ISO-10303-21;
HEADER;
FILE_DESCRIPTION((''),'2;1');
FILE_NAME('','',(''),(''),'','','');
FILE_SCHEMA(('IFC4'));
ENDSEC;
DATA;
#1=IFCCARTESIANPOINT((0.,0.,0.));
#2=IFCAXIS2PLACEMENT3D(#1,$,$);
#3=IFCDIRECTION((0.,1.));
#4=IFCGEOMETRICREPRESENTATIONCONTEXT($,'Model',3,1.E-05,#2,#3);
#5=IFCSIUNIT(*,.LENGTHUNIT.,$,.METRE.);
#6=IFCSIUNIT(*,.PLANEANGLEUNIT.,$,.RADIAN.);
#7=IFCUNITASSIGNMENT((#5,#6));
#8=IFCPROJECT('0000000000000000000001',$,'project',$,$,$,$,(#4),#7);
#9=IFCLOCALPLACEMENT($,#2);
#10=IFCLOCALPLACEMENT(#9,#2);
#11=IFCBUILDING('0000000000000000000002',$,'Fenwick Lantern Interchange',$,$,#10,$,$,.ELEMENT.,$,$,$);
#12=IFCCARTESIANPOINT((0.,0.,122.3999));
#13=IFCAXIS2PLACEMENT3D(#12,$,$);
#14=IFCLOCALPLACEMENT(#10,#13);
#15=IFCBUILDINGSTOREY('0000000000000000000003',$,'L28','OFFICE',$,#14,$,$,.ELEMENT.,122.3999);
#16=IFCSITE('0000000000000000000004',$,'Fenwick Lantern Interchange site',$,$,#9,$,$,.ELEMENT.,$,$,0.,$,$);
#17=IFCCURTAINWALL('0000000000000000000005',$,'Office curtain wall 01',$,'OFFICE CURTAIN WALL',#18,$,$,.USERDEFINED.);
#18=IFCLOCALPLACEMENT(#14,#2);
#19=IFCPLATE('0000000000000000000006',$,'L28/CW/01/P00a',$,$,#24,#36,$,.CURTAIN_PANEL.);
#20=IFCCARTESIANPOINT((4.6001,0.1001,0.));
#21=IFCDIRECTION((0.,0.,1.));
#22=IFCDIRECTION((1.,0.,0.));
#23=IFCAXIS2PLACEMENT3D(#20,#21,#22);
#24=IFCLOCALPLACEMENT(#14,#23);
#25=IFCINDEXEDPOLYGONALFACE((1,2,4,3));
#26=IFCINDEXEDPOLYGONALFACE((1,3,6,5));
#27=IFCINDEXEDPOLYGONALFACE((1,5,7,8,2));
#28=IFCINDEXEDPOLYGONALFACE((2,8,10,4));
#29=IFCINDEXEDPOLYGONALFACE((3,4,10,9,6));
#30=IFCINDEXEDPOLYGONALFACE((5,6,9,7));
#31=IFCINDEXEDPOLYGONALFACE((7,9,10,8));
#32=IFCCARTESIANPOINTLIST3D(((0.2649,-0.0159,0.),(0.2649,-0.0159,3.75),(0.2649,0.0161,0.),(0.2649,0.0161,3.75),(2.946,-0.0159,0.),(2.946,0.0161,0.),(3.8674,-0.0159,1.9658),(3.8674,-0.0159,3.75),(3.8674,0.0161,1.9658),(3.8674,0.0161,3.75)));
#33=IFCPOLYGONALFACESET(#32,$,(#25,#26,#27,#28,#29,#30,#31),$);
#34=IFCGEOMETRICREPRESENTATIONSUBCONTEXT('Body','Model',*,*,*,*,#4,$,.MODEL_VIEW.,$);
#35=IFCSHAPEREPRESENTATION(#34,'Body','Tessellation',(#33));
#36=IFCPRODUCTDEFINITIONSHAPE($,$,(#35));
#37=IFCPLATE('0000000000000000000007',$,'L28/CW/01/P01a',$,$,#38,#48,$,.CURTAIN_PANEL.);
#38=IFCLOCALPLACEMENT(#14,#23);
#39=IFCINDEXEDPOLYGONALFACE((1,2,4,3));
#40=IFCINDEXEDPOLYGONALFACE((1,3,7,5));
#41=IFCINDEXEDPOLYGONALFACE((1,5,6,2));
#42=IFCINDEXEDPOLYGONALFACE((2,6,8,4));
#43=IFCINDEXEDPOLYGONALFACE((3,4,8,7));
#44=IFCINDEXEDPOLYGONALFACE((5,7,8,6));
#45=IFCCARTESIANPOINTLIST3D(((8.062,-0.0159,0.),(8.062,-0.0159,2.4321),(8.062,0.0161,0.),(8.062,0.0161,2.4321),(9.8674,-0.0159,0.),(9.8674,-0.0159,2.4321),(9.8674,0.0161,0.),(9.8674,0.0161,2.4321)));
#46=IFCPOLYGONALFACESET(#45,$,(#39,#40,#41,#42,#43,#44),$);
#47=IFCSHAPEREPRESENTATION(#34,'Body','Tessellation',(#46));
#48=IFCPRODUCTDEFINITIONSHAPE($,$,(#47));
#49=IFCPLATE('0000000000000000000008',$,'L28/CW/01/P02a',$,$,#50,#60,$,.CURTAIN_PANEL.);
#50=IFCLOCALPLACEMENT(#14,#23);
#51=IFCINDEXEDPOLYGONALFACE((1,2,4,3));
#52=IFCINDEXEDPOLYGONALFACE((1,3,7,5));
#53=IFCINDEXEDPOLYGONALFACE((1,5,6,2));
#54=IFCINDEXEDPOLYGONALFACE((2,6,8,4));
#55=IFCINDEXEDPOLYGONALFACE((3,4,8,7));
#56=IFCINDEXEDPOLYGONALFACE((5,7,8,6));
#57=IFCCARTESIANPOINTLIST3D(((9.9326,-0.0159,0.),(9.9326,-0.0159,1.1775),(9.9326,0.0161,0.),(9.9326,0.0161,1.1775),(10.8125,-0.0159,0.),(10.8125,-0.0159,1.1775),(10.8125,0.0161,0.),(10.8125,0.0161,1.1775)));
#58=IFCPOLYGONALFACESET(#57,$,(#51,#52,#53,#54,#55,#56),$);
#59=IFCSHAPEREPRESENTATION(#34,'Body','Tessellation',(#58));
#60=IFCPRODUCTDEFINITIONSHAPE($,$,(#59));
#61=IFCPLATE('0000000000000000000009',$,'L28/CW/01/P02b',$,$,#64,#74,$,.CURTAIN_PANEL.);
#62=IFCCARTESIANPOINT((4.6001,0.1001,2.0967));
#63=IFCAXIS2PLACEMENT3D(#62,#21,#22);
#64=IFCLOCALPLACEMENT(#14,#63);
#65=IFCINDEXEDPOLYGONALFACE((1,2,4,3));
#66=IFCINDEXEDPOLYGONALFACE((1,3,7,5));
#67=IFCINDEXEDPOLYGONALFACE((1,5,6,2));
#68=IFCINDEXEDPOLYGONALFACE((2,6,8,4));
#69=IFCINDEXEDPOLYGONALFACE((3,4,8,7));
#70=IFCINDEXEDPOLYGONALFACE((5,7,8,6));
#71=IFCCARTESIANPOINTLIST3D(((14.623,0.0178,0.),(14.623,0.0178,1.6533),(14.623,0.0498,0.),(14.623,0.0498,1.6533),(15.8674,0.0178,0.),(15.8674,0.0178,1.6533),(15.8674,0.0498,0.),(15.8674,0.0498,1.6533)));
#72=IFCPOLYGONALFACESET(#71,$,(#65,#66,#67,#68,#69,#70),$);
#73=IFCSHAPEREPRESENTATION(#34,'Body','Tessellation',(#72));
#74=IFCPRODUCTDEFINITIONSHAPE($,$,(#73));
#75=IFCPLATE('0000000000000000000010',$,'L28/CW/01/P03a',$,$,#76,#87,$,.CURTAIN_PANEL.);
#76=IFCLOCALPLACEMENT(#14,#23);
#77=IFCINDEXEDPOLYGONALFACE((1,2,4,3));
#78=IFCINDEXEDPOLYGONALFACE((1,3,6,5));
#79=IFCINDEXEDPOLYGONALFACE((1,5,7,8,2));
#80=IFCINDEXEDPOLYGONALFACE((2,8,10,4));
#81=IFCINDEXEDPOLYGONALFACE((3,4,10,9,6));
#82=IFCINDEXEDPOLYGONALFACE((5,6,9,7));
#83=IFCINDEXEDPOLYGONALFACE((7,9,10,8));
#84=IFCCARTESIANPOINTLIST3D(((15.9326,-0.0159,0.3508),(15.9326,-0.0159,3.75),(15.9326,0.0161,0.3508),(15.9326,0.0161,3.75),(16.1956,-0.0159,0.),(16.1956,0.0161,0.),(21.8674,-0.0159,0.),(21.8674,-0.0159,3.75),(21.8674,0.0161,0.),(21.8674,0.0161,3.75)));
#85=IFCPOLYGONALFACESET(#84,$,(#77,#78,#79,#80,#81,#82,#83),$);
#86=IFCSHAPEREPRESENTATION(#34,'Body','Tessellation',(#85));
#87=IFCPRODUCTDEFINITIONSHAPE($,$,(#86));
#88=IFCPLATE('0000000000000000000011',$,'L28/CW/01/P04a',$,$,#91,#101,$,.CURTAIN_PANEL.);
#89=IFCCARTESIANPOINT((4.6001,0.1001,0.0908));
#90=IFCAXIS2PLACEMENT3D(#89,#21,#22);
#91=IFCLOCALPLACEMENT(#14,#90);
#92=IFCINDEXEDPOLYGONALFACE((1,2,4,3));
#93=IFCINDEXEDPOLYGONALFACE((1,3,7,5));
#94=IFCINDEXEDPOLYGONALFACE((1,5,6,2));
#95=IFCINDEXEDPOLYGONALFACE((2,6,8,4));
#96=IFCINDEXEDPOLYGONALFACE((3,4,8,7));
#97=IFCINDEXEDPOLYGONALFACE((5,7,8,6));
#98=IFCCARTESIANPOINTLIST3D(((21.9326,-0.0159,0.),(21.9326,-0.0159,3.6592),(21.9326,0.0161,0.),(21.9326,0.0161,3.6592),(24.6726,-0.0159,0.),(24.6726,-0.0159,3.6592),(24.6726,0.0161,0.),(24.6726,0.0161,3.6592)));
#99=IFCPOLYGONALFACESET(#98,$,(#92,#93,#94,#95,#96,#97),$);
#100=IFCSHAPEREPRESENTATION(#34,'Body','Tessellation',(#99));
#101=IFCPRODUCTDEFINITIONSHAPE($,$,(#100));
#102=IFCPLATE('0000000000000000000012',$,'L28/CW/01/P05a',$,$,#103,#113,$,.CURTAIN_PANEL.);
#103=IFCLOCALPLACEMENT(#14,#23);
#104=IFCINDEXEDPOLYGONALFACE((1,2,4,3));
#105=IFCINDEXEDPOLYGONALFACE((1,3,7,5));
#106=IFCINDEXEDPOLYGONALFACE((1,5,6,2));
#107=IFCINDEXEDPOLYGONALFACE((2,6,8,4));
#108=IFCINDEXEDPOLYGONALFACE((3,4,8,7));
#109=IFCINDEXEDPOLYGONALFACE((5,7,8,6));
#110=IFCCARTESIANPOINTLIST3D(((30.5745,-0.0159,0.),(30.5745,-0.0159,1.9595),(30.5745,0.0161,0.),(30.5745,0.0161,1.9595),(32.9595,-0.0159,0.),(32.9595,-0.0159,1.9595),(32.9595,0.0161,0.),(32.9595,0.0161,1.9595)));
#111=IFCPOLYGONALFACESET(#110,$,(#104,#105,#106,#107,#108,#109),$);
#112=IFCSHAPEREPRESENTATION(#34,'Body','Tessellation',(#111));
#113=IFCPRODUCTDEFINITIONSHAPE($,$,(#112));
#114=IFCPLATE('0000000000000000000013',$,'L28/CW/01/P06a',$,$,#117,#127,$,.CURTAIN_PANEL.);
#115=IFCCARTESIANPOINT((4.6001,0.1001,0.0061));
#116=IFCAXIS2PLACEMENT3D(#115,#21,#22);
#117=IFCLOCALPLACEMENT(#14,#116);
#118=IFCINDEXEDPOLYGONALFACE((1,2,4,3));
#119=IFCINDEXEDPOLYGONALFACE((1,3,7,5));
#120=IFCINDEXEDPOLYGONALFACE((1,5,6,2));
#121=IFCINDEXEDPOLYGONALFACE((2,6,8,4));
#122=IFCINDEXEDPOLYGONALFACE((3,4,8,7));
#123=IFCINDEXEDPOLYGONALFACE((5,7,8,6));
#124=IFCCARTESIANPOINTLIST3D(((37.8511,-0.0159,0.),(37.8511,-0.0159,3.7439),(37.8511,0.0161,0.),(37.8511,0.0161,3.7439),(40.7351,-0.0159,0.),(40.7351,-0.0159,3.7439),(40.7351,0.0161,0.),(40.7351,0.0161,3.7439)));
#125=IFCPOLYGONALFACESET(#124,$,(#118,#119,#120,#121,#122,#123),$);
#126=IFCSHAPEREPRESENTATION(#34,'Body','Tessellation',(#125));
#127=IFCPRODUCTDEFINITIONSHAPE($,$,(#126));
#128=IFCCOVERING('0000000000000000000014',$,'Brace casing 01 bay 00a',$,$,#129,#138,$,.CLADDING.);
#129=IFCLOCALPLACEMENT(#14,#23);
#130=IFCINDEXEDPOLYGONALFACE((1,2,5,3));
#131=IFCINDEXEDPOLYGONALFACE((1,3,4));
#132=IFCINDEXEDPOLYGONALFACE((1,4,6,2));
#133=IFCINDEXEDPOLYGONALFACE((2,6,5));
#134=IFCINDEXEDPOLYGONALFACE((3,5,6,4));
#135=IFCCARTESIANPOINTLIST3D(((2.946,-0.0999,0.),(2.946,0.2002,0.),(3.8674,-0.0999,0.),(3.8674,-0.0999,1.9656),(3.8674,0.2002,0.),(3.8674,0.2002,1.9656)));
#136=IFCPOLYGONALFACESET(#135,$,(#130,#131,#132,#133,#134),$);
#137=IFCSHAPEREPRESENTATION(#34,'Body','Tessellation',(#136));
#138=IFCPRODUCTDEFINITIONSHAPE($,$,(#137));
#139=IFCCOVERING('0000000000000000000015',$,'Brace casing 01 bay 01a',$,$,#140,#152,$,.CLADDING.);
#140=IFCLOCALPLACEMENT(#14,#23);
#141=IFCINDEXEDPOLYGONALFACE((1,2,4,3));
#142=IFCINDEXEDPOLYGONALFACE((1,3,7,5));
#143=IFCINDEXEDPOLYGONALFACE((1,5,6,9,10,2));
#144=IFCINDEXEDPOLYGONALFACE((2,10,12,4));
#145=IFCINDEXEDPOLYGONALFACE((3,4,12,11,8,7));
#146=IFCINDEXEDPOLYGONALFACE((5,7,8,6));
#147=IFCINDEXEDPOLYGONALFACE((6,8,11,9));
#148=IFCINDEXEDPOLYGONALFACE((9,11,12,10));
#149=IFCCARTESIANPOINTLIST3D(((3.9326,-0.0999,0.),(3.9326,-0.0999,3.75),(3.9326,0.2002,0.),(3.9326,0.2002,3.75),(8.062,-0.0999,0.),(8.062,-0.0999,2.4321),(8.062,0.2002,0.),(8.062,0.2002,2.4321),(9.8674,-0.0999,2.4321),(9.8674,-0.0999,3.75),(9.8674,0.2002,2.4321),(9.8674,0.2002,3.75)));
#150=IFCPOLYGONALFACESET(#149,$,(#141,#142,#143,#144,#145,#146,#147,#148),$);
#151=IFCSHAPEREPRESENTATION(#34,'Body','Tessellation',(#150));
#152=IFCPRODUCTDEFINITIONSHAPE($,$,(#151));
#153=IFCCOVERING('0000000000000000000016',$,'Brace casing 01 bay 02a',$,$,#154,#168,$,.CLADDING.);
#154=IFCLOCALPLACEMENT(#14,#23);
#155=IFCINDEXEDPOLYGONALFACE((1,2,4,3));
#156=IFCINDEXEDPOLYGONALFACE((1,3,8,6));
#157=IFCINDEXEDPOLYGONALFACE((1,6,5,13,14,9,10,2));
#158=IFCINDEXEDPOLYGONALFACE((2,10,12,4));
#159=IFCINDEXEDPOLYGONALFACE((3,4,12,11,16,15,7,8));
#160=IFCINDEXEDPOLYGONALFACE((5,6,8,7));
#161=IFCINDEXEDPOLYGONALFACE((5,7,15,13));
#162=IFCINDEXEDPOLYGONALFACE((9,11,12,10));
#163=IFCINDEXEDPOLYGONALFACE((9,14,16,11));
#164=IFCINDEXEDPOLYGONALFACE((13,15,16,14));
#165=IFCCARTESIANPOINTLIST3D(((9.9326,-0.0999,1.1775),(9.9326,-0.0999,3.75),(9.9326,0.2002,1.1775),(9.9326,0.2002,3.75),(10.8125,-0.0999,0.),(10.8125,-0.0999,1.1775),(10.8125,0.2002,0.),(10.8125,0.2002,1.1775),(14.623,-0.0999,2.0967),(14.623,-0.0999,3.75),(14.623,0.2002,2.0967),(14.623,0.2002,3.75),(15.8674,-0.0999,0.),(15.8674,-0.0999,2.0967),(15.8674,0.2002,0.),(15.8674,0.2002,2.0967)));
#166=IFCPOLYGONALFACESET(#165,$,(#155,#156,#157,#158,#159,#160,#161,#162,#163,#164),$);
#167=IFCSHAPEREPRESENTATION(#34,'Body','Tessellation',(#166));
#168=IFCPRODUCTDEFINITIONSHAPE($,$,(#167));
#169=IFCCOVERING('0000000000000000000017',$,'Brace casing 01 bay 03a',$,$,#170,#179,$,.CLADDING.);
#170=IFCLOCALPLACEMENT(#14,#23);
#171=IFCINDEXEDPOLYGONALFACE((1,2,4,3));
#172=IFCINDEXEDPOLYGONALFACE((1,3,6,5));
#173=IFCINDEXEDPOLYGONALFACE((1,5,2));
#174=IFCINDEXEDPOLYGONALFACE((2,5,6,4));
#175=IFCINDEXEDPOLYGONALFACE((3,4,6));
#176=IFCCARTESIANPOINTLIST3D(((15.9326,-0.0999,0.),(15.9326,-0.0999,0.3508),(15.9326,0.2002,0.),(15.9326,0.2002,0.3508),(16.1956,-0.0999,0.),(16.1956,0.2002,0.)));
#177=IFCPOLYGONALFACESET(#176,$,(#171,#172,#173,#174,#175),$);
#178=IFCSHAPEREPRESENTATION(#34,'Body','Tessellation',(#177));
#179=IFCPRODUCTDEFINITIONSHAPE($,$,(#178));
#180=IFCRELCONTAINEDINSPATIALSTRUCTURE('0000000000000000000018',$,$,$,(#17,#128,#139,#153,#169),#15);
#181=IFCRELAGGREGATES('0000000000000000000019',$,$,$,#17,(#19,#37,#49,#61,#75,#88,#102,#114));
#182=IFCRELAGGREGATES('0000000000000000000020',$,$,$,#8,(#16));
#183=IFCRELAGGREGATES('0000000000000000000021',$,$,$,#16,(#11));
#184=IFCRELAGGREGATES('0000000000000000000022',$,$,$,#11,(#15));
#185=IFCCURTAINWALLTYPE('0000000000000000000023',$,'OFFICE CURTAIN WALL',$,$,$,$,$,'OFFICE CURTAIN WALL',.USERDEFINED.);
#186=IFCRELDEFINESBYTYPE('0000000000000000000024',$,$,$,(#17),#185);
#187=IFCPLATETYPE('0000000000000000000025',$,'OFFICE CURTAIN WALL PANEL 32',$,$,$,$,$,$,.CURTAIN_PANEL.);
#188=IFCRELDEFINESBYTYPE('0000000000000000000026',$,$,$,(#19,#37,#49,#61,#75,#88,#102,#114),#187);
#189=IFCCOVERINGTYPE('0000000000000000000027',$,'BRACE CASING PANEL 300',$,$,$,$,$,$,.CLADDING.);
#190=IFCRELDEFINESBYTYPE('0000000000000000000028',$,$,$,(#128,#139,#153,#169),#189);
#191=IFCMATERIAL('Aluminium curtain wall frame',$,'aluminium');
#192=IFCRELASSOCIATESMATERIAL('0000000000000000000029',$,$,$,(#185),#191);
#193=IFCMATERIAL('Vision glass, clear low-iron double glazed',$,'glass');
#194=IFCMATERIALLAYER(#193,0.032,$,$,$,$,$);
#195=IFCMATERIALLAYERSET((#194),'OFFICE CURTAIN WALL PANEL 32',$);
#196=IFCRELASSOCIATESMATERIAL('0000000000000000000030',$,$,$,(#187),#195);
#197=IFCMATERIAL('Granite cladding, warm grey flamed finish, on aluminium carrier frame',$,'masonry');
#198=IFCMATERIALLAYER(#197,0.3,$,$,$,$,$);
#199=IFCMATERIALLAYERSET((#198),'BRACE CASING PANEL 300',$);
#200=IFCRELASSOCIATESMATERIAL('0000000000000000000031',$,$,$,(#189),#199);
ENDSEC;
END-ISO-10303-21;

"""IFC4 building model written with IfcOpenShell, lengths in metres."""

from ifc_helpers import new_model, si_unit, direction, frame, origin, place, context, subcontext, project, spatial, polyline, outline, extrude, material, layer, layer_set, type_object, element, aggregate, save


model = new_model("IFC4")

# Units and contexts
model_context = context("Model", 3, precision=1e-05, world=origin(), true_north=direction((0.0, 1.0)))
body_context = subcontext(model_context, "Body", "Model", "MODEL_VIEW")
ifc_project = project(units=[si_unit("LENGTHUNIT", "METRE"), si_unit("PLANEANGLEUNIT", "RADIAN")], contexts=[model_context])

# Site, building, storey
site_placement = place(None, origin())
site = spatial("IfcSite", under=ifc_project, at=site_placement, Name="Fenwick Lantern Interchange site", CompositionType="ELEMENT", RefElevation=0.0)
building_placement = place(site_placement, origin())
building = spatial("IfcBuilding", under=site, at=building_placement, Name="Fenwick Lantern Interchange", CompositionType="ELEMENT")
storey_placement = place(building_placement, frame((0.0, 0.0, 122.3999)))
storey = spatial("IfcBuildingStorey", under=building, at=storey_placement, Name="L28", Description="OFFICE", CompositionType="ELEMENT", Elevation=122.3999)

# Shared definitions
ifc_material_1 = material(Name="Aluminium curtain wall frame", Category="aluminium")
curtain_wall_type = type_object("IfcCurtainWallType", Name="OFFICE CURTAIN WALL", ElementType="OFFICE CURTAIN WALL", PredefinedType="USERDEFINED", material=ifc_material_1)

# Curtain wall, plates
curtain_wall_1_placement = place(storey_placement, origin())
curtain_wall_1 = element("IfcCurtainWall", 1, at=curtain_wall_1_placement, inside=storey, type_object=curtain_wall_type, Name="Office curtain wall 01", ObjectType="OFFICE CURTAIN WALL", PredefinedType="USERDEFINED")
ifc_material_2 = material(Name="Vision glass, clear low-iron double glazed", Category="glass")
ifc_layer_1 = layer(ifc_material_2, 0.032)
ifc_layer_set_1 = layer_set([ifc_layer_1], Name="OFFICE CURTAIN WALL PANEL 32")
plate_type = type_object("IfcPlateType", Name="OFFICE CURTAIN WALL PANEL 32", PredefinedType="CURTAIN_PANEL", material=ifc_layer_set_1)
plate_1_placement = place(storey_placement, frame((4.6001, 0.1001, 0.0), z_axis=(0.0, 0.0, 1.0), x_axis=(1.0, 0.0, 0.0)))
plate_1 = element("IfcPlate", 2, at=plate_1_placement, type_object=plate_type, Name="L28/CW/01/P00a", PredefinedType="CURTAIN_PANEL", context=body_context, shape_type="SweptSolid", body=[
    extrude(outline(polyline([(0.2649, 0.0), (2.946, 0.0), (3.8674, 1.9658), (3.8674, 3.75), (0.2649, 3.75), (0.2649, 0.0)])), frame((0.0, 0.0161, 0.0), z_axis=(0.0, -1.0, 0.0), x_axis=(1.0, 0.0, 0.0)), (0.0, 0.0, 1.0), 0.032),
])
plate_2_placement = place(storey_placement, frame((4.6001, 0.1001, 0.0), z_axis=(0.0, 0.0, 1.0), x_axis=(1.0, 0.0, 0.0)))
plate_2 = element("IfcPlate", 3, at=plate_2_placement, type_object=plate_type, Name="L28/CW/01/P01a", PredefinedType="CURTAIN_PANEL", context=body_context, shape_type="SweptSolid", body=[
    extrude(outline(polyline([(8.062, 0.0), (9.8674, 0.0), (9.8674, 2.4321), (8.062, 2.4321), (8.062, 0.0)])), frame((0.0, 0.0161, 0.0), z_axis=(0.0, -1.0, 0.0), x_axis=(1.0, 0.0, 0.0)), (0.0, 0.0, 1.0), 0.032),
])
plate_3_placement = place(storey_placement, frame((4.6001, 0.1001, 0.0), z_axis=(0.0, 0.0, 1.0), x_axis=(1.0, 0.0, 0.0)))
plate_3 = element("IfcPlate", 4, at=plate_3_placement, type_object=plate_type, Name="L28/CW/01/P02a", PredefinedType="CURTAIN_PANEL", context=body_context, shape_type="SweptSolid", body=[
    extrude(outline(polyline([(9.9326, 0.0), (10.8125, 0.0), (10.8125, 1.1775), (9.9326, 1.1775), (9.9326, 0.0)])), frame((0.0, 0.0161, 0.0), z_axis=(0.0, -1.0, 0.0), x_axis=(1.0, 0.0, 0.0)), (0.0, 0.0, 1.0), 0.032),
])
plate_4_placement = place(storey_placement, frame((4.6001, 0.1001, 2.0967), z_axis=(0.0, 0.0, 1.0), x_axis=(1.0, 0.0, 0.0)))
plate_4 = element("IfcPlate", 5, at=plate_4_placement, type_object=plate_type, Name="L28/CW/01/P02b", PredefinedType="CURTAIN_PANEL", context=body_context, shape_type="SweptSolid", body=[
    extrude(outline(polyline([(14.623, 0.0), (15.8674, 0.0), (15.8674, 1.6533), (14.623, 1.6533), (14.623, 0.0)])), frame((0.0, 0.0498, 0.0), z_axis=(0.0, -1.0, 0.0), x_axis=(1.0, 0.0, 0.0)), (0.0, 0.0, 1.0), 0.032),
])
plate_5_placement = place(storey_placement, frame((4.6001, 0.1001, 0.0), z_axis=(0.0, 0.0, 1.0), x_axis=(1.0, 0.0, 0.0)))
plate_5 = element("IfcPlate", 6, at=plate_5_placement, type_object=plate_type, Name="L28/CW/01/P03a", PredefinedType="CURTAIN_PANEL", context=body_context, shape_type="SweptSolid", body=[
    extrude(outline(polyline([(16.1956, 0.0), (21.8674, 0.0), (21.8674, 3.75), (15.9326, 3.75), (15.9326, 0.3508), (16.1956, 0.0)])), frame((0.0, 0.0161, 0.0), z_axis=(0.0, -1.0, 0.0), x_axis=(1.0, 0.0, 0.0)), (0.0, 0.0, 1.0), 0.032),
])
plate_6_placement = place(storey_placement, frame((4.6001, 0.1001, 0.0908), z_axis=(0.0, 0.0, 1.0), x_axis=(1.0, 0.0, 0.0)))
plate_6 = element("IfcPlate", 7, at=plate_6_placement, type_object=plate_type, Name="L28/CW/01/P04a", PredefinedType="CURTAIN_PANEL", context=body_context, shape_type="SweptSolid", body=[
    extrude(outline(polyline([(21.9326, 0.0), (24.6726, 0.0), (24.6726, 3.6592), (21.9326, 3.6592), (21.9326, 0.0)])), frame((0.0, 0.0161, 0.0), z_axis=(0.0, -1.0, 0.0), x_axis=(1.0, 0.0, 0.0)), (0.0, 0.0, 1.0), 0.032),
])
plate_7_placement = place(storey_placement, frame((4.6001, 0.1001, 0.0), z_axis=(0.0, 0.0, 1.0), x_axis=(1.0, 0.0, 0.0)))
plate_7 = element("IfcPlate", 8, at=plate_7_placement, type_object=plate_type, Name="L28/CW/01/P05a", PredefinedType="CURTAIN_PANEL", context=body_context, shape_type="SweptSolid", body=[
    extrude(outline(polyline([(30.5745, 0.0), (32.9595, 0.0), (32.9595, 1.9595), (30.5745, 1.9595), (30.5745, 0.0)])), frame((0.0, 0.0161, 0.0), z_axis=(0.0, -1.0, 0.0), x_axis=(1.0, 0.0, 0.0)), (0.0, 0.0, 1.0), 0.032),
])
plate_8_placement = place(storey_placement, frame((4.6001, 0.1001, 0.0061), z_axis=(0.0, 0.0, 1.0), x_axis=(1.0, 0.0, 0.0)))
plate_8 = element("IfcPlate", 9, at=plate_8_placement, type_object=plate_type, Name="L28/CW/01/P06a", PredefinedType="CURTAIN_PANEL", context=body_context, shape_type="SweptSolid", body=[
    extrude(outline(polyline([(37.8511, 0.0), (40.7351, 0.0), (40.7351, 3.7439), (37.8511, 3.7439), (37.8511, 0.0)])), frame((0.0, 0.0161, 0.0), z_axis=(0.0, -1.0, 0.0), x_axis=(1.0, 0.0, 0.0)), (0.0, 0.0, 1.0), 0.032),
])
aggregate(curtain_wall_1, [plate_1, plate_2, plate_3, plate_4, plate_5, plate_6, plate_7, plate_8])

# Coverings
ifc_material_3 = material(Name="Granite cladding, warm grey flamed finish, on aluminium carrier frame", Category="masonry")
ifc_layer_2 = layer(ifc_material_3, 0.3)
ifc_layer_set_2 = layer_set([ifc_layer_2], Name="BRACE CASING PANEL 300")
covering_type_1 = type_object("IfcCoveringType", Name="BRACE CASING PANEL 300", PredefinedType="CLADDING", material=ifc_layer_set_2)
covering_1_placement = place(storey_placement, frame((4.6001, 0.1001, 0.0), z_axis=(0.0, 0.0, 1.0), x_axis=(1.0, 0.0, 0.0)))
element("IfcCovering", 10, at=covering_1_placement, inside=storey, type_object=covering_type_1, Name="Brace casing 01 bay 00a", PredefinedType="CLADDING", context=body_context, shape_type="SweptSolid", body=[
    extrude(outline(polyline([(2.946, 0.0), (3.8674, 0.0), (3.8674, 1.9656), (2.946, 0.0)])), frame((0.0, 0.2002, 0.0), z_axis=(0.0, -1.0, 0.0), x_axis=(1.0, 0.0, 0.0)), (0.0, 0.0, 1.0), 0.3),
])
covering_2_placement = place(storey_placement, frame((4.6001, 0.1001, 0.0), z_axis=(0.0, 0.0, 1.0), x_axis=(1.0, 0.0, 0.0)))
element("IfcCovering", 11, at=covering_2_placement, inside=storey, type_object=covering_type_1, Name="Brace casing 01 bay 01a", PredefinedType="CLADDING", context=body_context, shape_type="SweptSolid", body=[
    extrude(outline(polyline([(3.9326, 0.0), (8.062, 0.0), (8.062, 2.4321), (9.8674, 2.4321), (9.8674, 3.75), (3.9326, 3.75), (3.9326, 0.0)])), frame((0.0, 0.2002, 0.0), z_axis=(0.0, -1.0, 0.0), x_axis=(1.0, 0.0, 0.0)), (0.0, 0.0, 1.0), 0.3),
])
covering_3_placement = place(storey_placement, frame((4.6001, 0.1001, 0.0), z_axis=(0.0, 0.0, 1.0), x_axis=(1.0, 0.0, 0.0)))
element("IfcCovering", 12, at=covering_3_placement, inside=storey, type_object=covering_type_1, Name="Brace casing 01 bay 02a", PredefinedType="CLADDING", context=body_context, shape_type="SweptSolid", body=[
    extrude(outline(polyline([(10.8125, 0.0), (15.8674, 0.0), (15.8674, 2.0967), (14.623, 2.0967), (14.623, 3.75), (9.9326, 3.75), (9.9326, 1.1775), (10.8125, 1.1775), (10.8125, 0.0)])), frame((0.0, 0.2002, 0.0), z_axis=(0.0, -1.0, 0.0), x_axis=(1.0, 0.0, 0.0)), (0.0, 0.0, 1.0), 0.3),
])
covering_4_placement = place(storey_placement, frame((4.6001, 0.1001, 0.0), z_axis=(0.0, 0.0, 1.0), x_axis=(1.0, 0.0, 0.0)))
element("IfcCovering", 13, at=covering_4_placement, inside=storey, type_object=covering_type_1, Name="Brace casing 01 bay 03a", PredefinedType="CLADDING", context=body_context, shape_type="SweptSolid", body=[
    extrude(outline(polyline([(15.9326, 0.0), (16.1956, 0.0), (15.9326, 0.3508), (15.9326, 0.0)])), frame((0.0, 0.2002, 0.0), z_axis=(0.0, -1.0, 0.0), x_axis=(1.0, 0.0, 0.0)), (0.0, 0.0, 1.0), 0.3),
])

save(model, "model.ifc")
